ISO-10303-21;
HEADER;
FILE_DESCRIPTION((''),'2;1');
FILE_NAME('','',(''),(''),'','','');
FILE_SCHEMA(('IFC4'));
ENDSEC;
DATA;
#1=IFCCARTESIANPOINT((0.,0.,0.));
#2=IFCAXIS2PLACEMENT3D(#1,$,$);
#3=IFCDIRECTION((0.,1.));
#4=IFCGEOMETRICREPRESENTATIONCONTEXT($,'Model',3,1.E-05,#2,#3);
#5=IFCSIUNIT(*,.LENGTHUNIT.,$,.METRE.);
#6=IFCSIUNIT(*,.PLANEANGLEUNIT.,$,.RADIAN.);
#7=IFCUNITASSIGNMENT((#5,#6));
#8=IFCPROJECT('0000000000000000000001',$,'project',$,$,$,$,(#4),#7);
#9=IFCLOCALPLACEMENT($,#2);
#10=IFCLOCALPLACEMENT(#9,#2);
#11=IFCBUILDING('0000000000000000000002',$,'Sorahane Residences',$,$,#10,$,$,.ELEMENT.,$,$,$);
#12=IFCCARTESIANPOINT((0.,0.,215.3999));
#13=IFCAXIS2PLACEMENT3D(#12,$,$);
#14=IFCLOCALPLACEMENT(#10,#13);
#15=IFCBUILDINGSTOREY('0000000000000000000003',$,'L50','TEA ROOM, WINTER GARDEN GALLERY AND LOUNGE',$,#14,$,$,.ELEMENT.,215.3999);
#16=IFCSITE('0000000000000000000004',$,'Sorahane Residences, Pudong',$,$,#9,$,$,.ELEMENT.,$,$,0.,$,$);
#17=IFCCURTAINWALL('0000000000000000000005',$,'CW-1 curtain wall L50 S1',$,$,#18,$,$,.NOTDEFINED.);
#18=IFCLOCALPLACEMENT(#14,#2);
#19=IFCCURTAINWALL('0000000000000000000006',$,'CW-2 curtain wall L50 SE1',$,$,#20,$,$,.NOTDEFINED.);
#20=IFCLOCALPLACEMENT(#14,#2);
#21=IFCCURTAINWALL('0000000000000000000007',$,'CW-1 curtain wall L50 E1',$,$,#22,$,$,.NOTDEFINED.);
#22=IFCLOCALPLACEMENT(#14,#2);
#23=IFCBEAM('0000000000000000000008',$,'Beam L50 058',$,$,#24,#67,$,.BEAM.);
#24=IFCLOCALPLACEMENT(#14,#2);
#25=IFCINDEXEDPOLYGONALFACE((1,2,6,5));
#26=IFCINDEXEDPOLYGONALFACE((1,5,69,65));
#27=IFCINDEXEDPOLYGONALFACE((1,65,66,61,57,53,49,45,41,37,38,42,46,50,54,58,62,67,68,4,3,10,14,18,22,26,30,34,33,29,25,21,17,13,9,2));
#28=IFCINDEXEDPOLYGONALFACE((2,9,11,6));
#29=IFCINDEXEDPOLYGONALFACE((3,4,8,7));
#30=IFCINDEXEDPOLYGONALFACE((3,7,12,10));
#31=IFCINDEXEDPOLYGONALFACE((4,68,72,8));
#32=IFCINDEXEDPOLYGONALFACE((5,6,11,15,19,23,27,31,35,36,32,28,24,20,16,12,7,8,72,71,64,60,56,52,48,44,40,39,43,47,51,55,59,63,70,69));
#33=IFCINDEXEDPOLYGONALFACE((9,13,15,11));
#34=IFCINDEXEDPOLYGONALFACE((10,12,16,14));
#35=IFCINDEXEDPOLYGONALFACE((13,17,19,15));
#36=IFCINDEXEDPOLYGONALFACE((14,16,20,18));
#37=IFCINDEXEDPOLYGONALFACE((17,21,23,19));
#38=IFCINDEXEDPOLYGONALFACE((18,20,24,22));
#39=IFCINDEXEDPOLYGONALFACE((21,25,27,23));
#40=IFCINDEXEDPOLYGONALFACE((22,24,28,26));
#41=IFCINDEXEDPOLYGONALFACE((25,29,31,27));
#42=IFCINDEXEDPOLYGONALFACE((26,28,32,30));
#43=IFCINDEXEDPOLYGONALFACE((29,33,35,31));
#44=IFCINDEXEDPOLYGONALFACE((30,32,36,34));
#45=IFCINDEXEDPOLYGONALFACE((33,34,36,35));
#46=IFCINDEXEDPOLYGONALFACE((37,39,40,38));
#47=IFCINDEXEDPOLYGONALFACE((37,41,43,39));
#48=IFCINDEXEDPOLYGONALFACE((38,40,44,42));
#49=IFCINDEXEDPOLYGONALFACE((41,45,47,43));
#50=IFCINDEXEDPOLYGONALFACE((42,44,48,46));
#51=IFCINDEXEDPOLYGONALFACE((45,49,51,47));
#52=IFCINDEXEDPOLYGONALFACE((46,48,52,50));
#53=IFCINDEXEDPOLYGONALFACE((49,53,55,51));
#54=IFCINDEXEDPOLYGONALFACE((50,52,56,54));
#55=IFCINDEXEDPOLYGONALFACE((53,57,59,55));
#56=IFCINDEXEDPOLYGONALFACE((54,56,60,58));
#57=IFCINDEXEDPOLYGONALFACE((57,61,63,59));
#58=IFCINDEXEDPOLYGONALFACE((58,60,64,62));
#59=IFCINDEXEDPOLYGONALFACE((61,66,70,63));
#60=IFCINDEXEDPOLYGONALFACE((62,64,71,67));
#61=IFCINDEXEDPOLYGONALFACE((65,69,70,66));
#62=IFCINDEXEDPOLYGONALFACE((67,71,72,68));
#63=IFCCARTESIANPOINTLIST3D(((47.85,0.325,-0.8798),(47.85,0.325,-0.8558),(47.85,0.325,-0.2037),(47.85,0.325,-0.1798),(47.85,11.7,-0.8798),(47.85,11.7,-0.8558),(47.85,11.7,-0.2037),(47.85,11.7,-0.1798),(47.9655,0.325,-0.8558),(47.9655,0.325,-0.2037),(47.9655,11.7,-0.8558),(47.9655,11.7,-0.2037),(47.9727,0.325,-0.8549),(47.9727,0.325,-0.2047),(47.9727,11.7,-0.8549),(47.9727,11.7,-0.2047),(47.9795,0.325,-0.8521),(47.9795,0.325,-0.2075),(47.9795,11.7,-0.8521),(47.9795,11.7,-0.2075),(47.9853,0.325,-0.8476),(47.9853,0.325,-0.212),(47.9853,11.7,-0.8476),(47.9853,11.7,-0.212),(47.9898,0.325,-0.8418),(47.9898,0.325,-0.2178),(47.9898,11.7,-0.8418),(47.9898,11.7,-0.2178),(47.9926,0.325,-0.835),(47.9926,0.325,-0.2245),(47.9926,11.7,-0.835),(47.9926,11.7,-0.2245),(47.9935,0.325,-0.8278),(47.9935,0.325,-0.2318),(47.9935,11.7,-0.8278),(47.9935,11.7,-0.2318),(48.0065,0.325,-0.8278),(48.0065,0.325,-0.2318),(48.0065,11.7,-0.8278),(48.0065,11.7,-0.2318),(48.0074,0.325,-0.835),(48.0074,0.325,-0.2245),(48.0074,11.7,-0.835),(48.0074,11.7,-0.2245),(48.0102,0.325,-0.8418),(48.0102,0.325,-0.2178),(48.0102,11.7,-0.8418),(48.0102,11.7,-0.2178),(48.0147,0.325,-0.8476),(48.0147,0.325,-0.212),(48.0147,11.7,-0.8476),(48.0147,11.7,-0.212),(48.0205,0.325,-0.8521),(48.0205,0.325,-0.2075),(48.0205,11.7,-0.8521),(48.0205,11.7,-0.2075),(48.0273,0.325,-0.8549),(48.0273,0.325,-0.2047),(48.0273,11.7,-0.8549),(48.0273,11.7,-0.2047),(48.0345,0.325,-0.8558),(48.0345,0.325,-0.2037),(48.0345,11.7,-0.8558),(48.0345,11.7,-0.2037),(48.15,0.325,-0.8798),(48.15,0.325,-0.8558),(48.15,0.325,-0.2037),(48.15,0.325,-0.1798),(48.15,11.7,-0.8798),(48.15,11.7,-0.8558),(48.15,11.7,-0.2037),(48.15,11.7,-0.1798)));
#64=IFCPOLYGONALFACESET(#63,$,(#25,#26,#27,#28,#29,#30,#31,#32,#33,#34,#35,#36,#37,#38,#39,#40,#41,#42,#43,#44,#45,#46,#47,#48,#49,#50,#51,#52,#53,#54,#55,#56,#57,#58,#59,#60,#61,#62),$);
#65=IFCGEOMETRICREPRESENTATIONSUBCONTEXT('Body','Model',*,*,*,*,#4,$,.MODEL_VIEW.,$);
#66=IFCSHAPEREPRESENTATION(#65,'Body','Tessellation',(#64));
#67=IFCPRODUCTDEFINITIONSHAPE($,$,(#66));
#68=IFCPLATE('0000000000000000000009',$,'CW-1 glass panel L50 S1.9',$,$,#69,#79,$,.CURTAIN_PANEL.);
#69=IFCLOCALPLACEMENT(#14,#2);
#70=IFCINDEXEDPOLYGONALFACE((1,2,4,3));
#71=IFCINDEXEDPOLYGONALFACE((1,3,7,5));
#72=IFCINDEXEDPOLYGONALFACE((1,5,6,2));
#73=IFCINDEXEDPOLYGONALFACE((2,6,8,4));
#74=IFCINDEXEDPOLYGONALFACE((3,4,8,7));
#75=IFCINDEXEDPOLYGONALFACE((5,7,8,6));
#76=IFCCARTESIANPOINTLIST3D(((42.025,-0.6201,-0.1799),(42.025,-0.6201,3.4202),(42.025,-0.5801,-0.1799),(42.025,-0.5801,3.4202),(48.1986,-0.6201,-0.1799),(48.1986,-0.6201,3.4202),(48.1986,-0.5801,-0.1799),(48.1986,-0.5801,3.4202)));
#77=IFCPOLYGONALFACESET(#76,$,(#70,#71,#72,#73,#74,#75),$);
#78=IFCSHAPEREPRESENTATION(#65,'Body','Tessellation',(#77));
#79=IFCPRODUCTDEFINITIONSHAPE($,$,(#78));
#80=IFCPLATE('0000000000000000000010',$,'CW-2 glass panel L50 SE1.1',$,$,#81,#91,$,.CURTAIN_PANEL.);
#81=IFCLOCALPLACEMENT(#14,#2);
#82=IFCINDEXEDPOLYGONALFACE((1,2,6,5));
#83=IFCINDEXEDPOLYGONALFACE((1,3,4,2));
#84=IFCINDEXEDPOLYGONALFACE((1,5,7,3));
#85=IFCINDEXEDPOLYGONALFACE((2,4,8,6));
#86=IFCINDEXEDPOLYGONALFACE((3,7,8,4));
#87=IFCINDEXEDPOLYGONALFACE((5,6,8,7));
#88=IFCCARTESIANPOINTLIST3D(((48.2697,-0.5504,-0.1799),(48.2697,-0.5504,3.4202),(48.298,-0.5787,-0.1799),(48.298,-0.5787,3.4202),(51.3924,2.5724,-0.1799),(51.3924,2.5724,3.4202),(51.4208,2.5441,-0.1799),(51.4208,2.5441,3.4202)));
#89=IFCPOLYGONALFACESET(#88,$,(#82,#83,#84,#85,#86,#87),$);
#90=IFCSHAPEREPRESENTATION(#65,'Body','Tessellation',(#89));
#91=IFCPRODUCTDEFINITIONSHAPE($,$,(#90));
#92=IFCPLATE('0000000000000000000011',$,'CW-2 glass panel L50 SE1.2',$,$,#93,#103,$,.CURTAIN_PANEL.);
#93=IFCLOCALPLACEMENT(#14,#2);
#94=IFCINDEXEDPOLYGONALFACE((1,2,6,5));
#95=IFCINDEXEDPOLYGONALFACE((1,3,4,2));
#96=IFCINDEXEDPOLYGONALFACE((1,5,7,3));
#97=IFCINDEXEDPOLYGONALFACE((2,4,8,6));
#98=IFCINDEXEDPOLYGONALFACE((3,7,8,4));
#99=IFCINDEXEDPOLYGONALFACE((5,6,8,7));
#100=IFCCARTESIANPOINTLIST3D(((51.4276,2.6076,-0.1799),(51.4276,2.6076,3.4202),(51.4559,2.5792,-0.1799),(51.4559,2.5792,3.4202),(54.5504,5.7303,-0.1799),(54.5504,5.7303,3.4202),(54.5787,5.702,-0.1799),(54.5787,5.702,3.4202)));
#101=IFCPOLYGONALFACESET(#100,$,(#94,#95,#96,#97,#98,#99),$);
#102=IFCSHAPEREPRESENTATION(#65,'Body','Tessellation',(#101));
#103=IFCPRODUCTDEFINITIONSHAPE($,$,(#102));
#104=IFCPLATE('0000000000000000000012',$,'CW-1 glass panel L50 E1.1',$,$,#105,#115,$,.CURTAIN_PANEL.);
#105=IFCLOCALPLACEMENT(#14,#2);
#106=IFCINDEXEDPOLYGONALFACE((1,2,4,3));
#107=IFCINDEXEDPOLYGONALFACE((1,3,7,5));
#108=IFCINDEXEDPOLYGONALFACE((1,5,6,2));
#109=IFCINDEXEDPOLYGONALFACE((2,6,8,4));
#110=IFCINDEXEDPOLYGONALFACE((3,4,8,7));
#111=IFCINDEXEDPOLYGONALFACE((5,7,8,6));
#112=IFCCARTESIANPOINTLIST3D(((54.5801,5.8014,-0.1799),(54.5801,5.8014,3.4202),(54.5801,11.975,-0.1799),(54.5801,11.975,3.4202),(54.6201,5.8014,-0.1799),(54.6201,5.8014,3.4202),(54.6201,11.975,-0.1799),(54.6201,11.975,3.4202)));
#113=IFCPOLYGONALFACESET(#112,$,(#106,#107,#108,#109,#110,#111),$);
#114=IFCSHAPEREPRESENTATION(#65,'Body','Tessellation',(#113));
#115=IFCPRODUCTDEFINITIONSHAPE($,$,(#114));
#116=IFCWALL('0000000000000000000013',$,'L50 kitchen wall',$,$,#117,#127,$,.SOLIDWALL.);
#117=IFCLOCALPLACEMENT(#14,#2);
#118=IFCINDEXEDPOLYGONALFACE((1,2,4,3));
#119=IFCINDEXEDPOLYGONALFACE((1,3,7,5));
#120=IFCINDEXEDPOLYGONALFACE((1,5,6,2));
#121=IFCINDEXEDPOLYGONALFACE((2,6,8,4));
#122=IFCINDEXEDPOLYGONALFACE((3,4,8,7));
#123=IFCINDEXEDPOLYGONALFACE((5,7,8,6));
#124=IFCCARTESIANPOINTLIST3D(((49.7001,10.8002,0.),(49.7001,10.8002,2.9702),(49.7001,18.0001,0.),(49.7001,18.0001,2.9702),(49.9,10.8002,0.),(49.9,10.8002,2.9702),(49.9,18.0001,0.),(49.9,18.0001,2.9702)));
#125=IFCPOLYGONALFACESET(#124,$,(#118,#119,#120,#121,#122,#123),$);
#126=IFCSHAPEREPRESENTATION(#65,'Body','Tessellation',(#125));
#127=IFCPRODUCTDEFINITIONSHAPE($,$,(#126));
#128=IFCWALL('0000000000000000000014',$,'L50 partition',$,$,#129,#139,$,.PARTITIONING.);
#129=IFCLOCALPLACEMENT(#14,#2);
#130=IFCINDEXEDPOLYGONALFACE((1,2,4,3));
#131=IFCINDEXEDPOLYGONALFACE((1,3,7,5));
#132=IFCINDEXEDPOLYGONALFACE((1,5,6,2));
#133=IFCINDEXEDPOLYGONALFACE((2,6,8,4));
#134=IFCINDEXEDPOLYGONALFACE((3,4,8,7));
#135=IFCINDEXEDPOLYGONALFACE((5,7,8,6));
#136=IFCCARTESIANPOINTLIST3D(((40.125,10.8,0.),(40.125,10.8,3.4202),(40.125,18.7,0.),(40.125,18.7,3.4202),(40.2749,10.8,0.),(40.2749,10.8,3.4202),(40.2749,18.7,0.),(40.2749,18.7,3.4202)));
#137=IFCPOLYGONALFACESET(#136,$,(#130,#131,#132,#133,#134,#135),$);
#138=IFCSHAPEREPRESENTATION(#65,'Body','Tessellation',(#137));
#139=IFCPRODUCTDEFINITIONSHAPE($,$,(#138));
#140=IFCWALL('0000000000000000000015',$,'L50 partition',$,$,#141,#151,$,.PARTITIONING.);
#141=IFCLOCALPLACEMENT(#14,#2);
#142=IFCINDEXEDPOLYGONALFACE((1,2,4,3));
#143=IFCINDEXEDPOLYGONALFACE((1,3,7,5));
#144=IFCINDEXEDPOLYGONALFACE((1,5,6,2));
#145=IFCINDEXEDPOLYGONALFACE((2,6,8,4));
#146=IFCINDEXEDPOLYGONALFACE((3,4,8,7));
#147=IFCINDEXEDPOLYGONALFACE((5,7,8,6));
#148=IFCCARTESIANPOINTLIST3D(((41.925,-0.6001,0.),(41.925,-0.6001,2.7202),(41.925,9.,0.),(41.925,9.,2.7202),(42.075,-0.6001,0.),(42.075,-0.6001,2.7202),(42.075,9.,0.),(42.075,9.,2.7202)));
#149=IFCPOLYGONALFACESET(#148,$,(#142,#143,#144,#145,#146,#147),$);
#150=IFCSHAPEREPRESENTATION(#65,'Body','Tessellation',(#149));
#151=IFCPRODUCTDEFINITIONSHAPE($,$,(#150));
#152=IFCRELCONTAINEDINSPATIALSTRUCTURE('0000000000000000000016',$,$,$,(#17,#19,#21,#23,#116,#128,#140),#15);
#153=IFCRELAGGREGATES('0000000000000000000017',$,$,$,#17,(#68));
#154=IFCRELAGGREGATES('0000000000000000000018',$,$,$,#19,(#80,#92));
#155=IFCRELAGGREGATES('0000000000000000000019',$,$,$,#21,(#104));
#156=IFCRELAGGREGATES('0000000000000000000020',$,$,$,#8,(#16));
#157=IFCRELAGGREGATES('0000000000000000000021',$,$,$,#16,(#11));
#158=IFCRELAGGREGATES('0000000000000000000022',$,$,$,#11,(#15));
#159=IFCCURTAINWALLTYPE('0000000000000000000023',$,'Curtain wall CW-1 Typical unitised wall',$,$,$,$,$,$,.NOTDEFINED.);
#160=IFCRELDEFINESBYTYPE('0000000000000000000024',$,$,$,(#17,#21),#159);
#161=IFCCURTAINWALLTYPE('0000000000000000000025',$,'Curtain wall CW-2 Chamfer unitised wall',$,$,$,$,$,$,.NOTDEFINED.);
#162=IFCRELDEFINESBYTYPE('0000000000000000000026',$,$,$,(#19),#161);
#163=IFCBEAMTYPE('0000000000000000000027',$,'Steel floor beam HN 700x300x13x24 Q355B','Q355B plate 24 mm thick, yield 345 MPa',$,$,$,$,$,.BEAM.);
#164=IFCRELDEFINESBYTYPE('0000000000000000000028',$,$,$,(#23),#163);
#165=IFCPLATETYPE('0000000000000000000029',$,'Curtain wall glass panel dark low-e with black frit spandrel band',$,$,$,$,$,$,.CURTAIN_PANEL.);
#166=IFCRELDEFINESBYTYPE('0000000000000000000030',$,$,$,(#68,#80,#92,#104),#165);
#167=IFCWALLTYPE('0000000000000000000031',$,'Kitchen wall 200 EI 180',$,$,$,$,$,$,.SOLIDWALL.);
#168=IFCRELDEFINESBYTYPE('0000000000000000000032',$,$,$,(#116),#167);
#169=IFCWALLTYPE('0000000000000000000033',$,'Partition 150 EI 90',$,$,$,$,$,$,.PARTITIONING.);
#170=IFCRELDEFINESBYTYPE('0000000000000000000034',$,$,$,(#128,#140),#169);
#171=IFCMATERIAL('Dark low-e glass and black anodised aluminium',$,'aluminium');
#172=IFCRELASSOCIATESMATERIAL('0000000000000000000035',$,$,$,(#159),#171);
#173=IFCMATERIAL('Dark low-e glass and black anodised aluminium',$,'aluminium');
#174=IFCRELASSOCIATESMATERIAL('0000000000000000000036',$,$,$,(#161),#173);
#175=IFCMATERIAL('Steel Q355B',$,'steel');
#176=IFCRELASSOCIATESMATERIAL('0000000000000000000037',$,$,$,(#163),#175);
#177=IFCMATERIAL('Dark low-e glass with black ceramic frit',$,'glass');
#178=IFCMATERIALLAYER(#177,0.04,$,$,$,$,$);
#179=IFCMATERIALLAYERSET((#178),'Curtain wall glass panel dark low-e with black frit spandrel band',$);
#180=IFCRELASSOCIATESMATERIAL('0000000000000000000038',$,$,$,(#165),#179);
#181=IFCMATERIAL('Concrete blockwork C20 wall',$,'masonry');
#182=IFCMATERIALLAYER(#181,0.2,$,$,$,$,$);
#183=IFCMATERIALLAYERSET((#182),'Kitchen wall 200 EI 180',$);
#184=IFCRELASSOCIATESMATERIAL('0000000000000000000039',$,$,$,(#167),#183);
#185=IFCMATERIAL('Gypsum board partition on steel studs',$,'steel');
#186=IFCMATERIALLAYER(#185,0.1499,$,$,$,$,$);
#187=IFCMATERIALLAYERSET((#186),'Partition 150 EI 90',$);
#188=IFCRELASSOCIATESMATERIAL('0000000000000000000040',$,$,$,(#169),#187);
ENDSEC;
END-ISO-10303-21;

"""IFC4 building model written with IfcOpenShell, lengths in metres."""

from ifc_helpers import new_model, si_unit, direction, frame, frame_2d, origin, origin_2d, place, context, subcontext, project, spatial, rectangle, i_section, extrude, material, layer, layer_set, material_profile, profile_set, type_object, element, aggregate, save


model = new_model("IFC4")

# Units and contexts
model_context = context("Model", 3, precision=1e-05, world=origin(), true_north=direction((0.0, 1.0)))
body_context = subcontext(model_context, "Body", "Model", "MODEL_VIEW")
ifc_project = project(units=[si_unit("LENGTHUNIT", "METRE"), si_unit("PLANEANGLEUNIT", "RADIAN")], contexts=[model_context])

# Site, building, storey
site_placement = place(None, origin())
site = spatial("IfcSite", under=ifc_project, at=site_placement, Name="Sorahane Residences, Pudong", CompositionType="ELEMENT", RefElevation=0.0)
building_placement = place(site_placement, origin())
building = spatial("IfcBuilding", under=site, at=building_placement, Name="Sorahane Residences", CompositionType="ELEMENT")
storey_placement = place(building_placement, frame((0.0, 0.0, 215.3999)))
storey = spatial("IfcBuildingStorey", under=building, at=storey_placement, Name="L50", Description="TEA ROOM, WINTER GARDEN GALLERY AND LOUNGE", CompositionType="ELEMENT", Elevation=215.3999)

# Curtain walls
ifc_material_1 = material(Name="Dark low-e glass and black anodised aluminium", Category="aluminium")
curtain_wall_type_1 = type_object("IfcCurtainWallType", Name="Curtain wall CW-1 Typical unitised wall", PredefinedType="NOTDEFINED", material=ifc_material_1)
curtain_wall_1_placement = place(storey_placement, origin())
curtain_wall_1 = element("IfcCurtainWall", 1, at=curtain_wall_1_placement, inside=storey, type_object=curtain_wall_type_1, Name="CW-1 curtain wall L50 S1", PredefinedType="NOTDEFINED")
ifc_material_2 = material(Name="Dark low-e glass and black anodised aluminium", Category="aluminium")
curtain_wall_type_2 = type_object("IfcCurtainWallType", Name="Curtain wall CW-2 Chamfer unitised wall", PredefinedType="NOTDEFINED", material=ifc_material_2)
curtain_wall_2_placement = place(storey_placement, origin())
curtain_wall_2 = element("IfcCurtainWall", 2, at=curtain_wall_2_placement, inside=storey, type_object=curtain_wall_type_2, Name="CW-2 curtain wall L50 SE1", PredefinedType="NOTDEFINED")

# Curtain wall
curtain_wall_3_placement = place(storey_placement, origin())
curtain_wall_3 = element("IfcCurtainWall", 3, at=curtain_wall_3_placement, inside=storey, type_object=curtain_wall_type_1, Name="CW-1 curtain wall L50 E1", PredefinedType="NOTDEFINED")

# Beam
ifc_material_3 = material(Name="Steel Q355B", Category="steel")
ifc_material_profile_1 = material_profile(ifc_material_3, i_section(OverallWidth=0.3, OverallDepth=0.7, WebThickness=0.0129, FlangeThickness=0.0239, FilletRadius=0.0281, at=origin_2d()), Name="HN 700x300x13x24")
ifc_profile_set_1 = profile_set([ifc_material_profile_1], Name="Steel Q355B")
beam_type_1 = type_object("IfcBeamType", Name="Steel floor beam HN 700x300x13x24 Q355B", Description="Q355B plate 24 mm thick, yield 345 MPa", PredefinedType="BEAM", material=ifc_profile_set_1)
beam_1_placement = place(storey_placement, frame((48.0, 0.325, -0.5298), z_axis=(0.0, 1.0, 0.0), x_axis=(-1.0, 0.0, 0.0)))
element("IfcBeam", 4, at=beam_1_placement, inside=storey, type_object=beam_type_1, Name="Beam L50 058", PredefinedType="BEAM", context=body_context, shape_type="SweptSolid", body=[
    extrude(i_section(OverallWidth=0.3, OverallDepth=0.7, WebThickness=0.0129, FlangeThickness=0.0239, FilletRadius=0.0281, at=origin_2d()), origin(), (0.0, 0.0, 1.0), 11.375),
])

# Plates
ifc_material_4 = material(Name="Dark low-e glass with black ceramic frit", Category="glass")
ifc_layer_1 = layer(ifc_material_4, 0.04)
ifc_layer_set_1 = layer_set([ifc_layer_1], Name="Curtain wall glass panel dark low-e with black frit spandrel band")
plate_type = type_object("IfcPlateType", Name="Curtain wall glass panel dark low-e with black frit spandrel band", PredefinedType="CURTAIN_PANEL", material=ifc_layer_set_1)
plate_1_placement = place(storey_placement, frame((45.1118, -0.6001, -0.1799), z_axis=(0.0, 0.0, 1.0), x_axis=(1.0, 0.0, 0.0)))
plate_1 = element("IfcPlate", 5, at=plate_1_placement, type_object=plate_type, Name="CW-1 glass panel L50 S1.9", PredefinedType="CURTAIN_PANEL", context=body_context, shape_type="SweptSolid", body=[
    extrude(rectangle(XDim=6.1736, YDim=0.04, at=origin_2d()), origin(), (0.0, 0.0, 1.0), 3.6001),
])
aggregate(curtain_wall_1, [plate_1])
plate_2_placement = place(storey_placement, frame((49.8452, 0.9968, -0.1799), z_axis=(0.0, 0.0, 1.0), x_axis=(0.707107, 0.707107, 0.0)))
plate_2 = element("IfcPlate", 6, at=plate_2_placement, type_object=plate_type, Name="CW-2 glass panel L50 SE1.1", PredefinedType="CURTAIN_PANEL", context=body_context, shape_type="SweptSolid", body=[
    extrude(rectangle(XDim=4.4163, YDim=0.04, at=origin_2d()), origin(), (0.0, 0.0, 1.0), 3.6001),
])
plate_3_placement = place(storey_placement, frame((53.0032, 4.1548, -0.1799), z_axis=(0.0, 0.0, 1.0), x_axis=(0.707107, 0.707107, 0.0)))
plate_3 = element("IfcPlate", 7, at=plate_3_placement, type_object=plate_type, Name="CW-2 glass panel L50 SE1.2", PredefinedType="CURTAIN_PANEL", context=body_context, shape_type="SweptSolid", body=[
    extrude(rectangle(XDim=4.4163, YDim=0.04, at=origin_2d()), origin(), (0.0, 0.0, 1.0), 3.6001),
])
aggregate(curtain_wall_2, [plate_2, plate_3])
plate_4_placement = place(storey_placement, frame((54.6001, 8.8882, -0.1799), z_axis=(0.0, 0.0, 1.0), x_axis=(0.0, 1.0, 0.0)))
plate_4 = element("IfcPlate", 8, at=plate_4_placement, type_object=plate_type, Name="CW-1 glass panel L50 E1.1", PredefinedType="CURTAIN_PANEL", context=body_context, shape_type="SweptSolid", body=[
    extrude(rectangle(XDim=6.1736, YDim=0.04, at=origin_2d()), origin(), (0.0, 0.0, 1.0), 3.6001),
])
aggregate(curtain_wall_3, [plate_4])

# Wall
ifc_material_5 = material(Name="Concrete blockwork C20 wall", Category="masonry")
ifc_layer_2 = layer(ifc_material_5, 0.2)
ifc_layer_set_2 = layer_set([ifc_layer_2], Name="Kitchen wall 200 EI 180")
wall_type_1 = type_object("IfcWallType", Name="Kitchen wall 200 EI 180", PredefinedType="SOLIDWALL", material=ifc_layer_set_2)
wall_1_placement = place(storey_placement, frame((49.8, 10.8, 0.0), z_axis=(0.0, 0.0, 1.0), x_axis=(0.0, 1.0, 0.0)))
element("IfcWall", 9, at=wall_1_placement, inside=storey, type_object=wall_type_1, Name="L50 kitchen wall", PredefinedType="SOLIDWALL", context=body_context, shape_type="SweptSolid", body=[
    extrude(rectangle(XDim=7.2, YDim=0.2, at=frame_2d((3.6001, 0.0))), origin(), (0.0, 0.0, 1.0), 2.9702),
])

# Walls
ifc_material_6 = material(Name="Gypsum board partition on steel studs", Category="steel")
ifc_layer_3 = layer(ifc_material_6, 0.1499)
ifc_layer_set_3 = layer_set([ifc_layer_3], Name="Partition 150 EI 90")
wall_type_2 = type_object("IfcWallType", Name="Partition 150 EI 90", PredefinedType="PARTITIONING", material=ifc_layer_set_3)
wall_2_placement = place(storey_placement, frame((40.2, 10.8, 0.0), z_axis=(0.0, 0.0, 1.0), x_axis=(0.0, 1.0, 0.0)))
element("IfcWall", 10, at=wall_2_placement, inside=storey, type_object=wall_type_2, Name="L50 partition", PredefinedType="PARTITIONING", context=body_context, shape_type="SweptSolid", body=[
    extrude(rectangle(XDim=7.8999, YDim=0.1499, at=frame_2d((3.95, 0.0))), origin(), (0.0, 0.0, 1.0), 3.4202),
])
wall_3_placement = place(storey_placement, frame((42.0, -0.6001, 0.0), z_axis=(0.0, 0.0, 1.0), x_axis=(0.0, 1.0, 0.0)))
element("IfcWall", 11, at=wall_3_placement, inside=storey, type_object=wall_type_2, Name="L50 partition", PredefinedType="PARTITIONING", context=body_context, shape_type="SweptSolid", body=[
    extrude(rectangle(XDim=9.6001, YDim=0.1499, at=frame_2d((4.8, 0.0))), origin(), (0.0, 0.0, 1.0), 2.7202),
])

save(model, "model.ifc")
